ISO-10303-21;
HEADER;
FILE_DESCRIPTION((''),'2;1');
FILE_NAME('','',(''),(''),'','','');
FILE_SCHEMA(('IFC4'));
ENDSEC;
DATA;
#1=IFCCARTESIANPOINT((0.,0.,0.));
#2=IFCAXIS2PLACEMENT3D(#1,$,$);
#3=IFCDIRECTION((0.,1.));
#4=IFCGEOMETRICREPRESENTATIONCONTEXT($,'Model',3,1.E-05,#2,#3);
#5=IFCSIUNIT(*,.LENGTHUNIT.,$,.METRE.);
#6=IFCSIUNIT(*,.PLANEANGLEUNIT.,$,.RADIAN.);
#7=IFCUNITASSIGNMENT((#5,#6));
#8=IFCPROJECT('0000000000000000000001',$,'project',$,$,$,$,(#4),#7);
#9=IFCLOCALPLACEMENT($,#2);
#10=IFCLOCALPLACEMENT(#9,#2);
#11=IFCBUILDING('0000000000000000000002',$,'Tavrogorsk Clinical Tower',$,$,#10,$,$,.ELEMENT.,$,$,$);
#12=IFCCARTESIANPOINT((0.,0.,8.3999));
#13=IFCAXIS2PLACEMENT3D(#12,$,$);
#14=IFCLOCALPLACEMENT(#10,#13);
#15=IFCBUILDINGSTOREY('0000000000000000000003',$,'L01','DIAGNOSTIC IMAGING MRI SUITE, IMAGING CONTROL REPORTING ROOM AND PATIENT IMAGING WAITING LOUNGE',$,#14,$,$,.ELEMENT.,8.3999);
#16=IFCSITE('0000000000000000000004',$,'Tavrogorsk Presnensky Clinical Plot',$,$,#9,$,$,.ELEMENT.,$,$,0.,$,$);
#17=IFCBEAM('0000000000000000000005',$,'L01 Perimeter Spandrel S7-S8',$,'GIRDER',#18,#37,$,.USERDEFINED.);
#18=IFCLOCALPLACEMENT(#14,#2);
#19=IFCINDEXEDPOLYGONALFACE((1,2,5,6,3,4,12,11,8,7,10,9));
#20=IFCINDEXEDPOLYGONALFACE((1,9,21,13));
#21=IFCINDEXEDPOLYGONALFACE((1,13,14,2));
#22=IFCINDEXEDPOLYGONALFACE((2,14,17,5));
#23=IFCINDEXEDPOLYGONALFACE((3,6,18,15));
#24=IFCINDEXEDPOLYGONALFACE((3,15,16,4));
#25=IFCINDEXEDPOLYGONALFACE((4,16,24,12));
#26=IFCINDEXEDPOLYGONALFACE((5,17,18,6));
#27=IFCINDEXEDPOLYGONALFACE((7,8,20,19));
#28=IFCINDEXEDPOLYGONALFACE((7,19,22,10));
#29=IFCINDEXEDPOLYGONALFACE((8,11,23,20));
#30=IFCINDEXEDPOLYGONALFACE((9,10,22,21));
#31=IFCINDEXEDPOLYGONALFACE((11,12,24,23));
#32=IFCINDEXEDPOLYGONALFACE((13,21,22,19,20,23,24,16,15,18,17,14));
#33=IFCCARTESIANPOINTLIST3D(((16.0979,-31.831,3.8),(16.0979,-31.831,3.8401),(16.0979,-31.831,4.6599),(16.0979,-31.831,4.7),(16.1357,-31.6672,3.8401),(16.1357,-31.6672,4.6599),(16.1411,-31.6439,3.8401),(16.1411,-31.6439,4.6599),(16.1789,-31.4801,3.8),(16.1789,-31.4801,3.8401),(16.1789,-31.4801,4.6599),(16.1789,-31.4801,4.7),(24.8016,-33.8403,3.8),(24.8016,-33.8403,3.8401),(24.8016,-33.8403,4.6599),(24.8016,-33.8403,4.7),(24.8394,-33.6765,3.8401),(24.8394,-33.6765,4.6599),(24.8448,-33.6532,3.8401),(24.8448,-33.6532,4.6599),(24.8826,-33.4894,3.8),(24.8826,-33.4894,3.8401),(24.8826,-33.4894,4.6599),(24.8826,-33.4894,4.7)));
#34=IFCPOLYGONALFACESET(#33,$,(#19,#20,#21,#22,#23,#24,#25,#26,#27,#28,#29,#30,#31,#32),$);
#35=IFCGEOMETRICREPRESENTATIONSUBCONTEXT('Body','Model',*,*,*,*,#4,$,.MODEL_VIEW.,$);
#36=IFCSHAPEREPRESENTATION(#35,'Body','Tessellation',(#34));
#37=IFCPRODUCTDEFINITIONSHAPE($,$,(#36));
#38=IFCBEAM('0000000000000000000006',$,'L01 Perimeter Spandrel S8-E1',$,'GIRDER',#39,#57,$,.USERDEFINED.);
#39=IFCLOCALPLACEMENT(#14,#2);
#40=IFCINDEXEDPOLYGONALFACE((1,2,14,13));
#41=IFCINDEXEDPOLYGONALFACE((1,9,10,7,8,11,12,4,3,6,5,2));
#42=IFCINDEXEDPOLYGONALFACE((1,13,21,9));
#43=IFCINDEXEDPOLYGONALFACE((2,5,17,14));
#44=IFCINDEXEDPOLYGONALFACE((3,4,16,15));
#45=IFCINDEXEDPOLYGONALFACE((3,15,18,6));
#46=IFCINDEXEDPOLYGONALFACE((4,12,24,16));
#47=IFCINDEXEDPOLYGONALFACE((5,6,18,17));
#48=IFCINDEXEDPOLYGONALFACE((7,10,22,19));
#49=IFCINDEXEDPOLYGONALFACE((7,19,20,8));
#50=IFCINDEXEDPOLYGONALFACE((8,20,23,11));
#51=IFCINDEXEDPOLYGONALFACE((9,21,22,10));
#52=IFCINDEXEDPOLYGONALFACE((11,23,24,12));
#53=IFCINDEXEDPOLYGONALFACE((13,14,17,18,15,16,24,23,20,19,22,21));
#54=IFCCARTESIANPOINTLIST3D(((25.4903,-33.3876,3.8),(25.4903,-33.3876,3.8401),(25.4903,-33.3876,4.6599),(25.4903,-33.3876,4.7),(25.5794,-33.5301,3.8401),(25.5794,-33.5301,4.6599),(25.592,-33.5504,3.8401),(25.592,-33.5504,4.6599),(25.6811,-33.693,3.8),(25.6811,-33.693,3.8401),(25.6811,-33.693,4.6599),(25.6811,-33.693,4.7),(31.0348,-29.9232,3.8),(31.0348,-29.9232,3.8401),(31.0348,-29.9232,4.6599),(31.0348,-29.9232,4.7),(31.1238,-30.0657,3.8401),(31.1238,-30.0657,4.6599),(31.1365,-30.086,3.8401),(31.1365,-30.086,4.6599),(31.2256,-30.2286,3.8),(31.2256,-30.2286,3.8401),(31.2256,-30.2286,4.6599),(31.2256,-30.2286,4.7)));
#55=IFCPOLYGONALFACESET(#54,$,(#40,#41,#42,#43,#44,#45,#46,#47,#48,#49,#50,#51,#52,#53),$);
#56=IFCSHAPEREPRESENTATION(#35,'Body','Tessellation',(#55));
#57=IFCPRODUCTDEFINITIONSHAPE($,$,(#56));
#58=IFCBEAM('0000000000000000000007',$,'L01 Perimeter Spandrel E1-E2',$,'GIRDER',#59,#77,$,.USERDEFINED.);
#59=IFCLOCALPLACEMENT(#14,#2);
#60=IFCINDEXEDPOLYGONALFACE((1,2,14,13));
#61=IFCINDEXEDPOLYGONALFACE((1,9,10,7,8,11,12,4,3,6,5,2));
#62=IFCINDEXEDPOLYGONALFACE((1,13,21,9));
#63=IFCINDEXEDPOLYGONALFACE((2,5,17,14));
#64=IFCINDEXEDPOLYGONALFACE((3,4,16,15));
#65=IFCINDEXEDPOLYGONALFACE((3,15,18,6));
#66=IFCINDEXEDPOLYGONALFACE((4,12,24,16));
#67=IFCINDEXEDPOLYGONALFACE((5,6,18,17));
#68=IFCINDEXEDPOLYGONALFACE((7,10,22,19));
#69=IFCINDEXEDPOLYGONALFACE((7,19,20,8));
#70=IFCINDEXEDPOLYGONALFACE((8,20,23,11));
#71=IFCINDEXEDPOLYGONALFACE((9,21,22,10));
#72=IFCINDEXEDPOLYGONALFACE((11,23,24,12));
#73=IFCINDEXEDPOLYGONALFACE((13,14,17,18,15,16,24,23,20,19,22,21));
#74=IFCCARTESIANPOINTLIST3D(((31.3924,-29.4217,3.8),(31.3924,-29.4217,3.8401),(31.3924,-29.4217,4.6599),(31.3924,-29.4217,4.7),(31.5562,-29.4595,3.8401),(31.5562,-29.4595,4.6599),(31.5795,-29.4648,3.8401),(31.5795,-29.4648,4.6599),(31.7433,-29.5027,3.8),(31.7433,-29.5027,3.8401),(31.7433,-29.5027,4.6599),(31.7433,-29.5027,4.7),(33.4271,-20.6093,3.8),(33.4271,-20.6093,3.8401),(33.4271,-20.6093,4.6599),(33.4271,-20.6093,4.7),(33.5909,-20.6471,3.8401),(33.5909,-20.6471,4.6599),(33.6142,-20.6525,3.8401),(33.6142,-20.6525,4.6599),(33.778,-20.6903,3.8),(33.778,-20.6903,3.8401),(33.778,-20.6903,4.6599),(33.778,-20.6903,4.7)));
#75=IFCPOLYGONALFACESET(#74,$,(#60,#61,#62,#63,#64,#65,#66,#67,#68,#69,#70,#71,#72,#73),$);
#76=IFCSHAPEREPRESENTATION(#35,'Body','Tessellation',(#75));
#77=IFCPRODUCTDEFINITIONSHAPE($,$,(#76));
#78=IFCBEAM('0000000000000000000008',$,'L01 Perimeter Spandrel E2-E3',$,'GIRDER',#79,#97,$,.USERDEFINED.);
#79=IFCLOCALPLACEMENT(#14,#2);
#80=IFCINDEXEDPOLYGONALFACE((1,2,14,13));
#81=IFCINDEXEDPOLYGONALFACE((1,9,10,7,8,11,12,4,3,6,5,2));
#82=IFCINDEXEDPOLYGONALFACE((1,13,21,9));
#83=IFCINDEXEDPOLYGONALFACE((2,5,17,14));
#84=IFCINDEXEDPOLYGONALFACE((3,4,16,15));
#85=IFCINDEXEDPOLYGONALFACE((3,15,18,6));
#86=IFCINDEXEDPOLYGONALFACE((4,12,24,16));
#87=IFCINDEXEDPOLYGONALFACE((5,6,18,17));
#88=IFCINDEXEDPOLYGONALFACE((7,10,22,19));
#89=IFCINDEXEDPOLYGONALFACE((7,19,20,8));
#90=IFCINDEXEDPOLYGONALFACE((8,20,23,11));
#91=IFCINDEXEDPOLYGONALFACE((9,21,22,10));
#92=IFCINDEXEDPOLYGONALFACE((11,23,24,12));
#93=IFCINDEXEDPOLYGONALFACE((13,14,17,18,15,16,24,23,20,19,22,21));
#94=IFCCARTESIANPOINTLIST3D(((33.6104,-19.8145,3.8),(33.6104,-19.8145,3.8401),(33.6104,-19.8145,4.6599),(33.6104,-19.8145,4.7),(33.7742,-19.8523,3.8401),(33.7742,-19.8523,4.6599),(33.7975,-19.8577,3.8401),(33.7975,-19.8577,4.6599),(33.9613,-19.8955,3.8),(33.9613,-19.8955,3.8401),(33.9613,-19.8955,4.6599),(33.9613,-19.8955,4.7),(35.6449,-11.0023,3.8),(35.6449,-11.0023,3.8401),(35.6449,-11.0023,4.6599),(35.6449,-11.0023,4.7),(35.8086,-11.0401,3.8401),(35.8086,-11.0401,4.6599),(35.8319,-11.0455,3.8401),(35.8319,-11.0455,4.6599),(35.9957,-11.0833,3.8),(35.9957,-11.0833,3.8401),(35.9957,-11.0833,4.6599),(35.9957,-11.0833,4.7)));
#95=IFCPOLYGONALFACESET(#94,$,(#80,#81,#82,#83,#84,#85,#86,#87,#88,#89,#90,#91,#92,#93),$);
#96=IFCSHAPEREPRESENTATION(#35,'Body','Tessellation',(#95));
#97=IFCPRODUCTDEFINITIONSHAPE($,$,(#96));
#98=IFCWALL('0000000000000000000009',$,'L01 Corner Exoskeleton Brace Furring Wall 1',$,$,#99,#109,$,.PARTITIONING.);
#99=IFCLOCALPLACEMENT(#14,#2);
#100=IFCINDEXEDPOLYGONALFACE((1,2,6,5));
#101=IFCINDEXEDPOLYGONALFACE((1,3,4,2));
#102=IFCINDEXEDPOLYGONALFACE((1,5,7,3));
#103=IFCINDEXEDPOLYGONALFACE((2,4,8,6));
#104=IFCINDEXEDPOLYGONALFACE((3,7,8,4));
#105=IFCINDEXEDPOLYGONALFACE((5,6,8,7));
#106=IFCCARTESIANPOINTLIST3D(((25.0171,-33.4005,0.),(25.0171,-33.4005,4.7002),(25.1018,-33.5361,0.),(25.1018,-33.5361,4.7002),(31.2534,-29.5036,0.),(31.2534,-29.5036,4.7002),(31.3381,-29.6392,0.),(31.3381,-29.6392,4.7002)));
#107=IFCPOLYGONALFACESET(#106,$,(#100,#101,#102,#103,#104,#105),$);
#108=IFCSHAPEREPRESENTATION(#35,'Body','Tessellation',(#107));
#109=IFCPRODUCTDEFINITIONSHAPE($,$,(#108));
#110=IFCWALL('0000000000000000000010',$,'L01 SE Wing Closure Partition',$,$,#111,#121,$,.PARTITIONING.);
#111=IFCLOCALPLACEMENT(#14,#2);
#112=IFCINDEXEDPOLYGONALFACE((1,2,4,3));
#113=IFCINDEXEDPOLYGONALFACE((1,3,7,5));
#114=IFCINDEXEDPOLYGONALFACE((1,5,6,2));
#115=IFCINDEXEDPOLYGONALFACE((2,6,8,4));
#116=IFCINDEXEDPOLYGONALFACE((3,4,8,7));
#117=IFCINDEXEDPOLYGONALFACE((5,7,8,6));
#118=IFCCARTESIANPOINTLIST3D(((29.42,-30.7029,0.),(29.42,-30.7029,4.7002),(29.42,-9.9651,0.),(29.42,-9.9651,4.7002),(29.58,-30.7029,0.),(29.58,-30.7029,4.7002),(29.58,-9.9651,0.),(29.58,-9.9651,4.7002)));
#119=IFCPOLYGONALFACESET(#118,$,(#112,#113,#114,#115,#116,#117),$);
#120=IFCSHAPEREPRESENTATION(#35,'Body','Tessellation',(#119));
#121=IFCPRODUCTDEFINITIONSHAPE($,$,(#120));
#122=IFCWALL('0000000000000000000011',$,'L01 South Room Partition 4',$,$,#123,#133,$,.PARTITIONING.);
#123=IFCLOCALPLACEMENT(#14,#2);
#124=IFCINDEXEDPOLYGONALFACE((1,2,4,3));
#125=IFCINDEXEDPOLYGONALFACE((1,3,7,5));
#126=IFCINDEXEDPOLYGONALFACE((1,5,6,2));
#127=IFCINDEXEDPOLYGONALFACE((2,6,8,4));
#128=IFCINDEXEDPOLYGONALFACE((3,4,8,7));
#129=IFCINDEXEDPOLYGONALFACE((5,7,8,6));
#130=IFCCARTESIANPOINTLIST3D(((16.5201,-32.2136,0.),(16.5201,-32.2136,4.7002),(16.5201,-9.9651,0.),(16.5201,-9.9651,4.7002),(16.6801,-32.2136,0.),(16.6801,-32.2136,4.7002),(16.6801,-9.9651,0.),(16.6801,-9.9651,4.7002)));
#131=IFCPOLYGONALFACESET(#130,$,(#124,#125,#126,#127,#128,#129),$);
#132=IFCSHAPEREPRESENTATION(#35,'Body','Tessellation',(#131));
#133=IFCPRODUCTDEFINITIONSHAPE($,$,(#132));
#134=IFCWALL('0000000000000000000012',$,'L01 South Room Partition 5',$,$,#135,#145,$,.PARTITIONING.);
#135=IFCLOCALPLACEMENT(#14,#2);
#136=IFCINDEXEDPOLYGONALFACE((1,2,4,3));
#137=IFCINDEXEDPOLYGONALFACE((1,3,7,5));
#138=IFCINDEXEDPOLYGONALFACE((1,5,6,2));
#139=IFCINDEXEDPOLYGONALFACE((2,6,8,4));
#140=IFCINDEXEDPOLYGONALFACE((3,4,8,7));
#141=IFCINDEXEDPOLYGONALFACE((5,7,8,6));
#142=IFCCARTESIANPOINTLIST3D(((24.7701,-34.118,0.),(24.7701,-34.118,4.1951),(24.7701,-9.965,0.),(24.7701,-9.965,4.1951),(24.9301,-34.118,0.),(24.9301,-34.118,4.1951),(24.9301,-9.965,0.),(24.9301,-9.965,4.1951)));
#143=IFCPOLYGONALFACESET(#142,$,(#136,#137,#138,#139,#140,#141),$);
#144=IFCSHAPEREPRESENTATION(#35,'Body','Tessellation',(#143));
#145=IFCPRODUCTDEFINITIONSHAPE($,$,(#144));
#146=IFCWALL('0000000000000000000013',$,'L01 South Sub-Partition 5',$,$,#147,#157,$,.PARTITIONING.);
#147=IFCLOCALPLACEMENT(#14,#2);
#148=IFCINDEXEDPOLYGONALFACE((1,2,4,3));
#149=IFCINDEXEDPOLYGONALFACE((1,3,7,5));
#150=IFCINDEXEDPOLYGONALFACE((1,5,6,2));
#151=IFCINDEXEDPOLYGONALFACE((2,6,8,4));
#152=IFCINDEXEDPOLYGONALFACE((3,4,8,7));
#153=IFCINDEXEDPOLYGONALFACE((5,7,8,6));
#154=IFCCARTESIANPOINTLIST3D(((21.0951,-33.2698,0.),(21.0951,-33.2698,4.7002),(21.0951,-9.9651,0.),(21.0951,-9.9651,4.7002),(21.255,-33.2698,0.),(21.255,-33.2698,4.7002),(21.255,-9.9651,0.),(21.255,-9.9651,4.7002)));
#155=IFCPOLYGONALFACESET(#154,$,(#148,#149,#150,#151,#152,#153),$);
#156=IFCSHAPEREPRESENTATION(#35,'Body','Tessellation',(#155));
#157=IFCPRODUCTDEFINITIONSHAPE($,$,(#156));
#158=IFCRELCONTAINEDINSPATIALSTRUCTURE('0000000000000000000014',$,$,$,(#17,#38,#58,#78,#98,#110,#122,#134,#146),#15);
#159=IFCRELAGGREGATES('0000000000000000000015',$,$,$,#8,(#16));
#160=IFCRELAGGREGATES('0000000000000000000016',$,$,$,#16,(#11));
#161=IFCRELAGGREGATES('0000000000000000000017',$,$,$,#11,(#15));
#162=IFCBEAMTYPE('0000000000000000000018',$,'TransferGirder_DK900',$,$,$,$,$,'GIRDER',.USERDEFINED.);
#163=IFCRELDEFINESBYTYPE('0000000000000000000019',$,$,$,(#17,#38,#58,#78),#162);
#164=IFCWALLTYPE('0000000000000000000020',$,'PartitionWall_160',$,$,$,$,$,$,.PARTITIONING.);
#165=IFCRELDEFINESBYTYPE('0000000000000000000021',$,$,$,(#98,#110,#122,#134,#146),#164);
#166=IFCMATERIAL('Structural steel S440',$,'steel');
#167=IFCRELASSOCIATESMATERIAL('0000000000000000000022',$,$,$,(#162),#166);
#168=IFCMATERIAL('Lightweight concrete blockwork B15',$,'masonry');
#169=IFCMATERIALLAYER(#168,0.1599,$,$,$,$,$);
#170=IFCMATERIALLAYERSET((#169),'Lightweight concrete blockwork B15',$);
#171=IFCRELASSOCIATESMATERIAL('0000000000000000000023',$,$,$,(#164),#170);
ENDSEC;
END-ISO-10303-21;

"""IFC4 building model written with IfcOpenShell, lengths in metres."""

from ifc_helpers import new_model, si_unit, direction, frame, frame_2d, origin, origin_2d, place, context, subcontext, project, spatial, rectangle, i_section, extrude, material, layer, layer_set, material_profile, profile_set, type_object, element, save


model = new_model("IFC4")

# Units and contexts
model_context = context("Model", 3, precision=1e-05, world=origin(), true_north=direction((0.0, 1.0)))
body_context = subcontext(model_context, "Body", "Model", "MODEL_VIEW")
ifc_project = project(units=[si_unit("LENGTHUNIT", "METRE"), si_unit("PLANEANGLEUNIT", "RADIAN")], contexts=[model_context])

# Site, building, storey
site_placement = place(None, origin())
site = spatial("IfcSite", under=ifc_project, at=site_placement, Name="Tavrogorsk Presnensky Clinical Plot", CompositionType="ELEMENT", RefElevation=0.0)
building_placement = place(site_placement, origin())
building = spatial("IfcBuilding", under=site, at=building_placement, Name="Tavrogorsk Clinical Tower", CompositionType="ELEMENT")
storey_placement = place(building_placement, frame((0.0, 0.0, 8.3999)))
storey = spatial("IfcBuildingStorey", under=building, at=storey_placement, Name="L01", Description="DIAGNOSTIC IMAGING MRI SUITE, IMAGING CONTROL REPORTING ROOM AND PATIENT IMAGING WAITING LOUNGE", CompositionType="ELEMENT", Elevation=8.3999)

# Beams
ifc_material_1 = material(Name="Structural steel S440", Category="steel")
ifc_material_profile_1 = material_profile(ifc_material_1, i_section(OverallWidth=0.3601, OverallDepth=0.8999, WebThickness=0.0239, FlangeThickness=0.04, at=origin_2d()), Name="DK-900x360x24x40")
ifc_profile_set_1 = profile_set([ifc_material_profile_1], Name="Structural steel S440")
beam_type_1 = type_object("IfcBeamType", Name="TransferGirder_DK900", ElementType="GIRDER", PredefinedType="USERDEFINED", material=ifc_profile_set_1)
beam_1_placement = place(storey_placement, frame((16.1384, -31.6555, 4.25), z_axis=(0.974373, -0.224939, 0.0), x_axis=(0.224939, 0.974373, 0.0)))
element("IfcBeam", 1, at=beam_1_placement, inside=storey, type_object=beam_type_1, Name="L01 Perimeter Spandrel S7-S8", ObjectType="GIRDER", PredefinedType="USERDEFINED", context=body_context, shape_type="SweptSolid", body=[
    extrude(i_section(OverallWidth=0.3601, OverallDepth=0.8999, WebThickness=0.0239, FlangeThickness=0.04, at=origin_2d()), origin(), (0.0, 0.0, 1.0), 8.9326),
])
beam_2_placement = place(storey_placement, frame((25.5857, -33.5403, 4.25), z_axis=(0.848061, 0.529898, 0.0), x_axis=(-0.529898, 0.848061, 0.0)))
element("IfcBeam", 2, at=beam_2_placement, inside=storey, type_object=beam_type_1, Name="L01 Perimeter Spandrel S8-E1", ObjectType="GIRDER", PredefinedType="USERDEFINED", context=body_context, shape_type="SweptSolid", body=[
    extrude(i_section(OverallWidth=0.3601, OverallDepth=0.8999, WebThickness=0.0239, FlangeThickness=0.04, at=origin_2d()), origin(), (0.0, 0.0, 1.0), 6.5378),
])
beam_3_placement = place(storey_placement, frame((31.5679, -29.4622, 4.25), z_axis=(0.224972, 0.974365, 0.0), x_axis=(-0.974365, 0.224972, 0.0)))
element("IfcBeam", 3, at=beam_3_placement, inside=storey, type_object=beam_type_1, Name="L01 Perimeter Spandrel E1-E2", ObjectType="GIRDER", PredefinedType="USERDEFINED", context=body_context, shape_type="SweptSolid", body=[
    extrude(i_section(OverallWidth=0.3601, OverallDepth=0.8999, WebThickness=0.0239, FlangeThickness=0.04, at=origin_2d()), origin(), (0.0, 0.0, 1.0), 9.0442),
])
beam_4_placement = place(storey_placement, frame((33.7859, -19.855, 4.25), z_axis=(0.224946, 0.974371, 0.0), x_axis=(-0.974371, 0.224946, 0.0)))
element("IfcBeam", 4, at=beam_4_placement, inside=storey, type_object=beam_type_1, Name="L01 Perimeter Spandrel E2-E3", ObjectType="GIRDER", PredefinedType="USERDEFINED", context=body_context, shape_type="SweptSolid", body=[
    extrude(i_section(OverallWidth=0.3601, OverallDepth=0.8999, WebThickness=0.0239, FlangeThickness=0.04, at=origin_2d()), origin(), (0.0, 0.0, 1.0), 9.0439),
])

# Walls
ifc_material_2 = material(Name="Lightweight concrete blockwork B15", Category="masonry")
ifc_layer_1 = layer(ifc_material_2, 0.1599)
ifc_layer_set_1 = layer_set([ifc_layer_1], Name="Lightweight concrete blockwork B15")
wall_type_1 = type_object("IfcWallType", Name="PartitionWall_160", PredefinedType="PARTITIONING", material=ifc_layer_set_1)
wall_1_placement = place(storey_placement, frame((25.0596, -33.4683, 0.0), z_axis=(0.0, 0.0, 1.0), x_axis=(0.848043, 0.529927, 0.0)))
element("IfcWall", 5, at=wall_1_placement, inside=storey, type_object=wall_type_1, Name="L01 Corner Exoskeleton Brace Furring Wall 1", PredefinedType="PARTITIONING", context=body_context, shape_type="SweptSolid", body=[
    extrude(rectangle(XDim=7.3538, YDim=0.1599, at=frame_2d((3.6768, 0.0))), origin(), (0.0, 0.0, 1.0), 4.7002),
])
wall_2_placement = place(storey_placement, frame((29.5, -30.7029, 0.0), z_axis=(0.0, 0.0, 1.0), x_axis=(0.0, 1.0, 0.0)))
element("IfcWall", 6, at=wall_2_placement, inside=storey, type_object=wall_type_1, Name="L01 SE Wing Closure Partition", PredefinedType="PARTITIONING", context=body_context, shape_type="SweptSolid", body=[
    extrude(rectangle(XDim=20.7378, YDim=0.1599, at=frame_2d((10.3689, 0.0))), origin(), (0.0, 0.0, 1.0), 4.7002),
])
wall_3_placement = place(storey_placement, frame((16.6001, -32.2136, 0.0), z_axis=(0.0, 0.0, 1.0), x_axis=(0.0, 1.0, 0.0)))
element("IfcWall", 7, at=wall_3_placement, inside=storey, type_object=wall_type_1, Name="L01 South Room Partition 4", PredefinedType="PARTITIONING", context=body_context, shape_type="SweptSolid", body=[
    extrude(rectangle(XDim=22.2485, YDim=0.1599, at=frame_2d((11.1243, 0.0))), origin(), (0.0, 0.0, 1.0), 4.7002),
])
wall_4_placement = place(storey_placement, frame((24.8501, -34.1182, 0.0), z_axis=(0.0, 0.0, 1.0), x_axis=(0.0, 1.0, 0.0)))
element("IfcWall", 8, at=wall_4_placement, inside=storey, type_object=wall_type_1, Name="L01 South Room Partition 5", PredefinedType="PARTITIONING", context=body_context, shape_type="SweptSolid", body=[
    extrude(rectangle(XDim=24.1531, YDim=0.1599, at=frame_2d((12.0767, 0.0))), origin(), (0.0, 0.0, 1.0), 4.1951),
])
wall_5_placement = place(storey_placement, frame((21.175, -33.2698, 0.0), z_axis=(0.0, 0.0, 1.0), x_axis=(0.0, 1.0, 0.0)))
element("IfcWall", 9, at=wall_5_placement, inside=storey, type_object=wall_type_1, Name="L01 South Sub-Partition 5", PredefinedType="PARTITIONING", context=body_context, shape_type="SweptSolid", body=[
    extrude(rectangle(XDim=23.3047, YDim=0.1599, at=frame_2d((11.6523, 0.0))), origin(), (0.0, 0.0, 1.0), 4.7002),
])

save(model, "model.ifc")
